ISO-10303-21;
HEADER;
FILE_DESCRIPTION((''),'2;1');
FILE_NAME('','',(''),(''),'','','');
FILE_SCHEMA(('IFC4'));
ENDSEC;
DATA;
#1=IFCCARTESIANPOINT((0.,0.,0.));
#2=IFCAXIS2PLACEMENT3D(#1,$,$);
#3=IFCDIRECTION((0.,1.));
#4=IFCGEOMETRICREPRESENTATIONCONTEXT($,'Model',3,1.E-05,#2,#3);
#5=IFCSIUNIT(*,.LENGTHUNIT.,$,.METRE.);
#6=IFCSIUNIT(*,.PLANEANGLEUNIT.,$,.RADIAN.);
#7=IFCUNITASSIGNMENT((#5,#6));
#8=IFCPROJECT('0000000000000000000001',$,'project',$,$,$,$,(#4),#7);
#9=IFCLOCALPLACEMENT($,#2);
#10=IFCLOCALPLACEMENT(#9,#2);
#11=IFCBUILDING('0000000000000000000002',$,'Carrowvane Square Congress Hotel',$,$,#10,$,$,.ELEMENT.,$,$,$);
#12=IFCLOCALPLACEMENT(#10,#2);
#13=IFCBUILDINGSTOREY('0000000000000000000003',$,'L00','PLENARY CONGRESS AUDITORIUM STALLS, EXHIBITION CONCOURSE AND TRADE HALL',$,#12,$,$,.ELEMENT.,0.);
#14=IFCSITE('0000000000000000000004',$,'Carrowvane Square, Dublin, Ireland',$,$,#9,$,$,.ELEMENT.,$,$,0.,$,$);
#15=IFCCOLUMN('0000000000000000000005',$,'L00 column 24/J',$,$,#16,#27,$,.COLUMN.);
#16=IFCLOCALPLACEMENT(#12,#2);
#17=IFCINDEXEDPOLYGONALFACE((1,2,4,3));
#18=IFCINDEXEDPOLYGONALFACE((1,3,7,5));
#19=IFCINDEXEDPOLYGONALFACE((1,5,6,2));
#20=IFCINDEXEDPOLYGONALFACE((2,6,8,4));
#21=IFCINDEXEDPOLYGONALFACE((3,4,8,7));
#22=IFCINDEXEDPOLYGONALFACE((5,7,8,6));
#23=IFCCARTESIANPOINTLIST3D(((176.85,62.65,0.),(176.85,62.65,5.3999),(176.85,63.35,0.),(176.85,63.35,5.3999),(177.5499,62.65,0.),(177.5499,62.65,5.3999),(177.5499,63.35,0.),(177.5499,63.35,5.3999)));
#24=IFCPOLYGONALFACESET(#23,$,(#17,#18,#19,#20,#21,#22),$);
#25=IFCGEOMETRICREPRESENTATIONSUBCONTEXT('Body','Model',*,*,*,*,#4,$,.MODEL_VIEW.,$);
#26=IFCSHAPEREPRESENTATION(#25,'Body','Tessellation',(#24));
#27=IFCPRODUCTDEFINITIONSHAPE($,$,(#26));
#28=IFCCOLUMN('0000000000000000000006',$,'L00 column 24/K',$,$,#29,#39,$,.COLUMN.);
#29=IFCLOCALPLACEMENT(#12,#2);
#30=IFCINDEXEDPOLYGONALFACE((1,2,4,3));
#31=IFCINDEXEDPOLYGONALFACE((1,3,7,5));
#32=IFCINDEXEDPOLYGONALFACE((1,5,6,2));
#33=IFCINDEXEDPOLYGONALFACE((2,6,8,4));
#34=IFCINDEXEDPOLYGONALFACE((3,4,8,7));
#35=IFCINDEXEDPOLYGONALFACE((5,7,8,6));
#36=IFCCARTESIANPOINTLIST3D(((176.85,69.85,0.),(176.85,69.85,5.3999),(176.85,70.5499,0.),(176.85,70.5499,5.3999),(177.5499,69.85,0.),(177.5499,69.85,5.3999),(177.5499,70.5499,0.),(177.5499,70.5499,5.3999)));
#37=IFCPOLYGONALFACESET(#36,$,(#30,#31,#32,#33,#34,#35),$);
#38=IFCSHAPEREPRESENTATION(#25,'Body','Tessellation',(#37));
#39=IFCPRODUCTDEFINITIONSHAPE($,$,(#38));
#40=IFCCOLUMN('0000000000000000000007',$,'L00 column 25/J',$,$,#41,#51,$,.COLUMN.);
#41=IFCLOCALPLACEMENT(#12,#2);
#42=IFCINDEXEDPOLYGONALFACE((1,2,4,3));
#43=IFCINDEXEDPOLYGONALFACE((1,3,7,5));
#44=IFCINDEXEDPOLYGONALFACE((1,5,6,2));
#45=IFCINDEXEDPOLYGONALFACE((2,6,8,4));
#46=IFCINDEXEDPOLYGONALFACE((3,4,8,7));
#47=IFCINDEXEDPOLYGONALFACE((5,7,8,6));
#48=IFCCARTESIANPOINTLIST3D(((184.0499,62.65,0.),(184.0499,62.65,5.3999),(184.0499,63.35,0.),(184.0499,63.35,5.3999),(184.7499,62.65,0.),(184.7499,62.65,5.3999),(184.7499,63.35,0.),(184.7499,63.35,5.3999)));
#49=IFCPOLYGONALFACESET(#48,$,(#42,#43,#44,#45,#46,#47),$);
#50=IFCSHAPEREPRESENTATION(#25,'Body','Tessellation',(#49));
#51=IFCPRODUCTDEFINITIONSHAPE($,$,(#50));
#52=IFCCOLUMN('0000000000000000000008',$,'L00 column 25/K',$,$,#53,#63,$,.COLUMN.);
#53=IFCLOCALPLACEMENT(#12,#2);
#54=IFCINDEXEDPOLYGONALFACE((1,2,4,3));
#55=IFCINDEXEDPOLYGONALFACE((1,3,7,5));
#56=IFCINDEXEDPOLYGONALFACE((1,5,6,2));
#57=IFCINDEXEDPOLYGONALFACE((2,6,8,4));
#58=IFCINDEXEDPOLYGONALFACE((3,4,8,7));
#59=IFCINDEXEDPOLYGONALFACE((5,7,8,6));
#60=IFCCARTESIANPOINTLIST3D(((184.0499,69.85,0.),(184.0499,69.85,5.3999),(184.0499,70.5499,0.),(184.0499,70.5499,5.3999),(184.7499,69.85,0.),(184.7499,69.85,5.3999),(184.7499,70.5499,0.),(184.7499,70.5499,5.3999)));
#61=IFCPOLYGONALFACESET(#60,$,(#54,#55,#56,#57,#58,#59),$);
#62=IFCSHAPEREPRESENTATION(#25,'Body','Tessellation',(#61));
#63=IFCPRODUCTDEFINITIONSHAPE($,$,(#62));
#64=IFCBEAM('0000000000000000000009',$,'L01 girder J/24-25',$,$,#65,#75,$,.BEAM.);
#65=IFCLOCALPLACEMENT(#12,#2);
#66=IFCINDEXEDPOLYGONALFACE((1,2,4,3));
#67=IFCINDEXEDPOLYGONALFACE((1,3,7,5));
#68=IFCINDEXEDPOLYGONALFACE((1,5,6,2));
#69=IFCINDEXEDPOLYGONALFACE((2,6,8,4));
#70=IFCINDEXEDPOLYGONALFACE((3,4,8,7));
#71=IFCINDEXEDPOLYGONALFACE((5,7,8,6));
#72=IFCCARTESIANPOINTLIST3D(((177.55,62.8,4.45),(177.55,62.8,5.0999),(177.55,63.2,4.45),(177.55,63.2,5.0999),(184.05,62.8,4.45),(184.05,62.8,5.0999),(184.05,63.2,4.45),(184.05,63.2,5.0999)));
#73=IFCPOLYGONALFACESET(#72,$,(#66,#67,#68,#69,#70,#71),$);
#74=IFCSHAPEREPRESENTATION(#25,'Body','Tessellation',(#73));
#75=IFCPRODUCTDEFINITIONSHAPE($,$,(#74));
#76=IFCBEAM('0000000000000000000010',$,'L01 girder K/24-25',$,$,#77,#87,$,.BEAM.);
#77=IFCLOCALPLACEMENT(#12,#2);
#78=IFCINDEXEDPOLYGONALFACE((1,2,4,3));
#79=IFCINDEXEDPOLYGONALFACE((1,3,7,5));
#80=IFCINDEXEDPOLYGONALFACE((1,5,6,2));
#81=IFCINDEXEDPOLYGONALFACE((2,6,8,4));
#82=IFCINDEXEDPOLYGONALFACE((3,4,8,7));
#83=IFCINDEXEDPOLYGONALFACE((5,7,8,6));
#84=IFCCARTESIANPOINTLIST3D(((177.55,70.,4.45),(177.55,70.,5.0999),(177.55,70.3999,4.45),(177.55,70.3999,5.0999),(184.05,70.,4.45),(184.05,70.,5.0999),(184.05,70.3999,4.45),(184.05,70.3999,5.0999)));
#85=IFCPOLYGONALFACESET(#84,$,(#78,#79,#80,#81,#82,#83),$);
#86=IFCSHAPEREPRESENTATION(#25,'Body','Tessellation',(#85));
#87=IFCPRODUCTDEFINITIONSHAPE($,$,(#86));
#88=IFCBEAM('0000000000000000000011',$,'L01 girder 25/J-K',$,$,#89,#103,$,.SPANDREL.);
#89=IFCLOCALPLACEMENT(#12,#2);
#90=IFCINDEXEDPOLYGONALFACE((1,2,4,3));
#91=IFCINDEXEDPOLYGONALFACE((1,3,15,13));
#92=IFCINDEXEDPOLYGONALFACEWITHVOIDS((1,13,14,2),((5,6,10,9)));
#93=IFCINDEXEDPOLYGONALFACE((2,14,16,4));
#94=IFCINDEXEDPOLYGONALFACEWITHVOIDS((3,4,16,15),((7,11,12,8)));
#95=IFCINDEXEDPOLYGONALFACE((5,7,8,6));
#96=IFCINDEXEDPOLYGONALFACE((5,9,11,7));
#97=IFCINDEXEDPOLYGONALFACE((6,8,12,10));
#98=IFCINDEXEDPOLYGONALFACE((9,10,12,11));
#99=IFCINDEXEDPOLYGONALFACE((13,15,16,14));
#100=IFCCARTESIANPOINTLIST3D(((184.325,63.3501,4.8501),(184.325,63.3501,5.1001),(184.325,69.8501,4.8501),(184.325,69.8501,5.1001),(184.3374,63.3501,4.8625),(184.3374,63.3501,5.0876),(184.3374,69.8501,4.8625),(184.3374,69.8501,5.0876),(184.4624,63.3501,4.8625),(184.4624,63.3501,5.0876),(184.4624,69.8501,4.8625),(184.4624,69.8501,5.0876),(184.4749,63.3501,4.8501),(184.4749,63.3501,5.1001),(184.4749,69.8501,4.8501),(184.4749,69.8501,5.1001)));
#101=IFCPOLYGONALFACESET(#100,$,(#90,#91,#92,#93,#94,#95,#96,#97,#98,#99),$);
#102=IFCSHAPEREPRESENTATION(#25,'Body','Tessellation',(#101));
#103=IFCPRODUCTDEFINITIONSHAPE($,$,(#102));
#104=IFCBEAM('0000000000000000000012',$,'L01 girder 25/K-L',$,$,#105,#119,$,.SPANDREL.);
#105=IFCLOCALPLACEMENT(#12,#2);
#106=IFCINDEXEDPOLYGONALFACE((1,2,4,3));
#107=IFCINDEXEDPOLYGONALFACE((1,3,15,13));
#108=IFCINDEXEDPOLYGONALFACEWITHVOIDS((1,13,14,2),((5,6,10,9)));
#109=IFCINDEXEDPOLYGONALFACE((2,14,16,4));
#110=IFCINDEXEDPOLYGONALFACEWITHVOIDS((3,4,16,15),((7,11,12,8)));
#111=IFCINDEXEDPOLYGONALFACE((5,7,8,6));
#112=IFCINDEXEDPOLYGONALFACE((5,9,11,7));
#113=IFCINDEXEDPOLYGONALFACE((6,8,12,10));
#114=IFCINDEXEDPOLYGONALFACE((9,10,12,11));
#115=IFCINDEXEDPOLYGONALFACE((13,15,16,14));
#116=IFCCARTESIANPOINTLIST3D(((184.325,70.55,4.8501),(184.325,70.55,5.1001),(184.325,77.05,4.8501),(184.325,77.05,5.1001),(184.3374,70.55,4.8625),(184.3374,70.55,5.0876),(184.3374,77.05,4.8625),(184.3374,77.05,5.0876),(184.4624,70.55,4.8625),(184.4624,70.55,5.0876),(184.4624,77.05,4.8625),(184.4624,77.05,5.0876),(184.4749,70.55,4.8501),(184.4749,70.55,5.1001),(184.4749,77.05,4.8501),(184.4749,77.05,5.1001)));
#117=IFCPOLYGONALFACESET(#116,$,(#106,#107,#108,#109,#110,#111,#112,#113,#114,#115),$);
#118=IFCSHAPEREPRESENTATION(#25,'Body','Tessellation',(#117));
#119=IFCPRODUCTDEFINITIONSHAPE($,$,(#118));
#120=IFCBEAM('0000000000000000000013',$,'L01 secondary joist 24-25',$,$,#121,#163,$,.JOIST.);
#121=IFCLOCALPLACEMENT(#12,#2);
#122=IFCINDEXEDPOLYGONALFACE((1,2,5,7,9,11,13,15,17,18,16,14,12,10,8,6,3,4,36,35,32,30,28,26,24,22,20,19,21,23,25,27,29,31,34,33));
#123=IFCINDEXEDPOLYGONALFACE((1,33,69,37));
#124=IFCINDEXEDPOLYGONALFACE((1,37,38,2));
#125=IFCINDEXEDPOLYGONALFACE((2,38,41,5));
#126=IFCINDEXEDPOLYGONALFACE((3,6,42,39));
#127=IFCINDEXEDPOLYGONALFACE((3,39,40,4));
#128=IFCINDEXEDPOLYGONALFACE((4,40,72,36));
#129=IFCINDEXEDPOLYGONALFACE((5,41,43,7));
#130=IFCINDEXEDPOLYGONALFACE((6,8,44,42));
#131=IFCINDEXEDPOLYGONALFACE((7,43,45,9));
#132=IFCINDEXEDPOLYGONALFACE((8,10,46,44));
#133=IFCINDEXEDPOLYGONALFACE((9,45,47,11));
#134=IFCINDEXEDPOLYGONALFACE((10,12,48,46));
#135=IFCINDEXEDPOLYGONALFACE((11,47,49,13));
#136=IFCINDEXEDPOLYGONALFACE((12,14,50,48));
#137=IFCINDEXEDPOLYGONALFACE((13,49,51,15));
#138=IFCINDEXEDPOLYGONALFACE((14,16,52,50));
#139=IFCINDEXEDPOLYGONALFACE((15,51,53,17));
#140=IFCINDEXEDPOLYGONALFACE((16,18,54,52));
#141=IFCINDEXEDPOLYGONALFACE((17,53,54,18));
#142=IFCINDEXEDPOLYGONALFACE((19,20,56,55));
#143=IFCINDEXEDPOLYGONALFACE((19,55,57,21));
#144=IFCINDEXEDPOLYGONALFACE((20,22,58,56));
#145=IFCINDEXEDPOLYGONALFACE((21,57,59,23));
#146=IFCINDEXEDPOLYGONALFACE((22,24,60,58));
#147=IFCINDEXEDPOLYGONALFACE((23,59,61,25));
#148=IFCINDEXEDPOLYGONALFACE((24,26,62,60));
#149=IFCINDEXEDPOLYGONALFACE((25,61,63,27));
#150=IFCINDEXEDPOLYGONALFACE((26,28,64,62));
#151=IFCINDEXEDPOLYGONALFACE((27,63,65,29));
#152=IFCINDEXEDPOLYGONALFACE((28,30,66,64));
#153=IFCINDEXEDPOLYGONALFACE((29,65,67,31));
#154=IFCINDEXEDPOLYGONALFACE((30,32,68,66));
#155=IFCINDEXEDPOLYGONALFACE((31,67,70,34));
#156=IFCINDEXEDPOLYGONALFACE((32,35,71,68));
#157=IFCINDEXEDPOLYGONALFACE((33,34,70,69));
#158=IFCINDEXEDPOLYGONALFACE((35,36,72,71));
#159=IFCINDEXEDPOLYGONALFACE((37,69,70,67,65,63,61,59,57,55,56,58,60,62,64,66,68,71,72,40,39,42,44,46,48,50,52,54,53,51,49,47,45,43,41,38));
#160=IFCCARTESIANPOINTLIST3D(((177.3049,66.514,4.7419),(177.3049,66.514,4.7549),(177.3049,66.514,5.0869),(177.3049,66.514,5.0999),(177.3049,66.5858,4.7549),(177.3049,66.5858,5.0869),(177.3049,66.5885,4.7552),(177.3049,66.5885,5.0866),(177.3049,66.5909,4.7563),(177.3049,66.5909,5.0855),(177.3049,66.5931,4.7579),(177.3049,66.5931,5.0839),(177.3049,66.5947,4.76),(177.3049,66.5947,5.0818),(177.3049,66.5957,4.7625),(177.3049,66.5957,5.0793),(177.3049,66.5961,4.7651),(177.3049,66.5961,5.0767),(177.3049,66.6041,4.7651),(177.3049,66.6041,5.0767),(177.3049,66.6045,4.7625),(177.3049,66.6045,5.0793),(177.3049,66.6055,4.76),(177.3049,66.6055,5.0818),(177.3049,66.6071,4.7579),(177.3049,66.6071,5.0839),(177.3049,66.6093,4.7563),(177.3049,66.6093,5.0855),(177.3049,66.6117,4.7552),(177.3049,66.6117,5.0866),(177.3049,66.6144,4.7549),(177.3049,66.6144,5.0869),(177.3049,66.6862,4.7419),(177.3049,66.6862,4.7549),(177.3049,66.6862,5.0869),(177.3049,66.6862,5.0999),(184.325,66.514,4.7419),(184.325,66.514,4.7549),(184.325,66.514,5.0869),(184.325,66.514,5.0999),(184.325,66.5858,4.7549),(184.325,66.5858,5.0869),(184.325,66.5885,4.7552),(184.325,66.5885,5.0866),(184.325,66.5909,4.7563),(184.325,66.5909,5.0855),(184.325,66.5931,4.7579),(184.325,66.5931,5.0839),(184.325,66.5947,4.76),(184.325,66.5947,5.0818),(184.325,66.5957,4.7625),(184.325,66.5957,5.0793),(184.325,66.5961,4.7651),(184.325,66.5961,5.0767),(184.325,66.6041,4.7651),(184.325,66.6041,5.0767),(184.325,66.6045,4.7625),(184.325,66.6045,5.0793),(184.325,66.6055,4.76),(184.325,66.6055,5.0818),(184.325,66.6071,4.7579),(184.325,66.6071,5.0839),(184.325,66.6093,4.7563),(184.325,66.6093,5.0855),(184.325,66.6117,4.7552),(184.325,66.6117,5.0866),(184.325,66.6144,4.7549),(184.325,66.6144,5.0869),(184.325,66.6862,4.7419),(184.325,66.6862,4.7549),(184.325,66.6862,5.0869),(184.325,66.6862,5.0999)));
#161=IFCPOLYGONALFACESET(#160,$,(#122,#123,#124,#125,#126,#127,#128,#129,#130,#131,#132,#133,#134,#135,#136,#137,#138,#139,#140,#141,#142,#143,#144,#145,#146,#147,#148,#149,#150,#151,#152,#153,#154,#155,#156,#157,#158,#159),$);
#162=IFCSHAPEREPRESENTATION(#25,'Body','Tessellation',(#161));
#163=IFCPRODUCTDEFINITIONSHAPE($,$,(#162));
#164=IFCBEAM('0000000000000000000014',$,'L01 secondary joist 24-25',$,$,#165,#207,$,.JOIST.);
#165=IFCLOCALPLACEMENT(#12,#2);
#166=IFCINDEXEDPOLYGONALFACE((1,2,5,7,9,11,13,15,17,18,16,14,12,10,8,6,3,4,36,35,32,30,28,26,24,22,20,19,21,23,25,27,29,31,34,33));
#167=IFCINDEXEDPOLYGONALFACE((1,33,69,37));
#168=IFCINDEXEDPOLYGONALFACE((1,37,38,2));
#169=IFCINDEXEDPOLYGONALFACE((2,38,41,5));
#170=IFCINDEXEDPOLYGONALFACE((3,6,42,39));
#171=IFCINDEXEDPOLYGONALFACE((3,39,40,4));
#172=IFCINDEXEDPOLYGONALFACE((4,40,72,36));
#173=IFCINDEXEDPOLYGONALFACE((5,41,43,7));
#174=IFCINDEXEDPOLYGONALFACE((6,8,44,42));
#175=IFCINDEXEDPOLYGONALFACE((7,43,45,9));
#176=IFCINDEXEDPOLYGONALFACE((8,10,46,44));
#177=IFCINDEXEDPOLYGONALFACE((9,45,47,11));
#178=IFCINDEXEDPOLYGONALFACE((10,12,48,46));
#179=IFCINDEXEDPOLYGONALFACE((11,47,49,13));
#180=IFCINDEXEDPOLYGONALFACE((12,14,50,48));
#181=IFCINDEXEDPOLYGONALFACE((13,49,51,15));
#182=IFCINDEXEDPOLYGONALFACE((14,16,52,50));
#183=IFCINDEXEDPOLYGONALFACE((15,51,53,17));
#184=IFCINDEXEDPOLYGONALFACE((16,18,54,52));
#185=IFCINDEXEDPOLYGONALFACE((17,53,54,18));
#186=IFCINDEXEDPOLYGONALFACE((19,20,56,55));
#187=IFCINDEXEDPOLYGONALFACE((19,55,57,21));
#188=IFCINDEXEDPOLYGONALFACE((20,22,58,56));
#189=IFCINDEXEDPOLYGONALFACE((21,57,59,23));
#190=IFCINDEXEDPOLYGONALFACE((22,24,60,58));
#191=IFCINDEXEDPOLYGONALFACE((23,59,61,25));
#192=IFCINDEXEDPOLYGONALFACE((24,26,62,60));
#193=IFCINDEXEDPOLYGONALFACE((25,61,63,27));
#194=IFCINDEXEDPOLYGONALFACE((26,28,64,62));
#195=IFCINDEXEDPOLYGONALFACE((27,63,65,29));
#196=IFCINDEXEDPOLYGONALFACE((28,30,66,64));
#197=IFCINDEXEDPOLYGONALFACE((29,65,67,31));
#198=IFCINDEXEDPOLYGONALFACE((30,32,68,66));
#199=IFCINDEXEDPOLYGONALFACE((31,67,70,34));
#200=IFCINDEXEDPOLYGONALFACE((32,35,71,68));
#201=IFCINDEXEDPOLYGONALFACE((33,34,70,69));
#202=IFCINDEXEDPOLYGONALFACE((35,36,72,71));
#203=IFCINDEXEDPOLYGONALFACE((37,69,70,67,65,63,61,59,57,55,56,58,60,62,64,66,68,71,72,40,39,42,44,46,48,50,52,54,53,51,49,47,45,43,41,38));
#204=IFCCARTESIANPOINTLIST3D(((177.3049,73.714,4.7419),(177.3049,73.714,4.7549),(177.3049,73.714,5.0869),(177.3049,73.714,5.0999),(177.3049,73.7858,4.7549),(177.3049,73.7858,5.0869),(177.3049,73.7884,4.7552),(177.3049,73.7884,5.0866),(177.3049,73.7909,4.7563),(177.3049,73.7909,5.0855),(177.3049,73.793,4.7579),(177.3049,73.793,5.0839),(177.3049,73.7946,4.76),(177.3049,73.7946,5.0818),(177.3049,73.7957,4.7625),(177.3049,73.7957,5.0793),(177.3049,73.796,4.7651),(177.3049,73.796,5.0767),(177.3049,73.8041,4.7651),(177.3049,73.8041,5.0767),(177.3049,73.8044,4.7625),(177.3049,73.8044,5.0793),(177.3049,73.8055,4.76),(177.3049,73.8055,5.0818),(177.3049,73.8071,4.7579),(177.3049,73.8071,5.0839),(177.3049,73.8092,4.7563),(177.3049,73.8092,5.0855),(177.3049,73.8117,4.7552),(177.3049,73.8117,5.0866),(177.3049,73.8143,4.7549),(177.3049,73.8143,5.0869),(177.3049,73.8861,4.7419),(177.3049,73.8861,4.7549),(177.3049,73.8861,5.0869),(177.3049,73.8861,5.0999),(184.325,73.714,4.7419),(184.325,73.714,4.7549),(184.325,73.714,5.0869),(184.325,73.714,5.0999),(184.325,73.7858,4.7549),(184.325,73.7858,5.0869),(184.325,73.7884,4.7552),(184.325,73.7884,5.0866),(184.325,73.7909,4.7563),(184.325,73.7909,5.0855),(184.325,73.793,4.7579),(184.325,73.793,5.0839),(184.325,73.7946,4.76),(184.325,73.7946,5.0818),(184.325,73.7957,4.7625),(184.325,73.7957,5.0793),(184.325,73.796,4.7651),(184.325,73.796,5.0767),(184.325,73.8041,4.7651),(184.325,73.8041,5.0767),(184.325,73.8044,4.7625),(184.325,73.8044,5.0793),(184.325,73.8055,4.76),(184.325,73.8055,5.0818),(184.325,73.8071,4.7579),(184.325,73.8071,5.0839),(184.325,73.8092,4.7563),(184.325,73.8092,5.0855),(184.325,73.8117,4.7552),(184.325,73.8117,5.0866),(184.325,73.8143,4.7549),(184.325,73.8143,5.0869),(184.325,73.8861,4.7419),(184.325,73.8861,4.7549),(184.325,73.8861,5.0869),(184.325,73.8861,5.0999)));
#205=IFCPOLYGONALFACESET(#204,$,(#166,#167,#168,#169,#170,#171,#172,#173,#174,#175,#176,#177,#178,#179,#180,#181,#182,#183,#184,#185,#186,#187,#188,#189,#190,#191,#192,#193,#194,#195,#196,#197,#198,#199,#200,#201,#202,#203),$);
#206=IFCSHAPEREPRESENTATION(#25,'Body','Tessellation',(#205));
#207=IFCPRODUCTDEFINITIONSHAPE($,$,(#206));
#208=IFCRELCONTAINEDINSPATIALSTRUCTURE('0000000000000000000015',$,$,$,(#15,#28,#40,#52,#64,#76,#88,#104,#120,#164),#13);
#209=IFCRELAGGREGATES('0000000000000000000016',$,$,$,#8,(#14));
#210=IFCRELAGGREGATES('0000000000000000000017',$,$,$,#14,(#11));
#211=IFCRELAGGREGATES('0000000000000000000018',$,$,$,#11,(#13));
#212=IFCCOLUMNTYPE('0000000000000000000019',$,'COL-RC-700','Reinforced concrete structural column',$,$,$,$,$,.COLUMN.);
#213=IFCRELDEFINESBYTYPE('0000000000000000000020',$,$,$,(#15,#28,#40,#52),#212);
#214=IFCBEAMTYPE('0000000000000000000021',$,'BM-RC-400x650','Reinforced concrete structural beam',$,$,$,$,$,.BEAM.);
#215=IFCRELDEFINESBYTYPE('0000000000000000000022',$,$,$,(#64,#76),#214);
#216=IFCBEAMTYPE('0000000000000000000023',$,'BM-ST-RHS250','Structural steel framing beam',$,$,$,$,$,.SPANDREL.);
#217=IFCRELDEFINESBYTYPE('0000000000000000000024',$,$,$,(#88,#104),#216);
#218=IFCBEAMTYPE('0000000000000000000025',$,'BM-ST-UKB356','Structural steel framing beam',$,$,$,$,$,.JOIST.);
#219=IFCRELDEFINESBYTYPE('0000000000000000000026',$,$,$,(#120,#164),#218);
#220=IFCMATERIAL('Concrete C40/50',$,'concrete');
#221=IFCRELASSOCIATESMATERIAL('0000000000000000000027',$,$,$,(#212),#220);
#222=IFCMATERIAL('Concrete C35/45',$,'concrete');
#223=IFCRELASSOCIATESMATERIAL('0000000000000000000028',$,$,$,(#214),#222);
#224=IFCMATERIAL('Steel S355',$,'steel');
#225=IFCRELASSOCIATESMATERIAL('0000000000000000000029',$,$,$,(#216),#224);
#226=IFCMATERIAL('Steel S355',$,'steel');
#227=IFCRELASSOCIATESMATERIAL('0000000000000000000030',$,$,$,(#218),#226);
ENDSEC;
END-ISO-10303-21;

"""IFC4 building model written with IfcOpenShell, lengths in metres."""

from ifc_helpers import new_model, si_unit, direction, frame, origin, origin_2d, place, context, subcontext, project, spatial, rectangle, hollow_rectangle, i_section, extrude, material, material_profile, profile_set, type_object, element, save


model = new_model("IFC4")

# Units and contexts
model_context = context("Model", 3, precision=1e-05, world=origin(), true_north=direction((0.0, 1.0)))
body_context = subcontext(model_context, "Body", "Model", "MODEL_VIEW")
ifc_project = project(units=[si_unit("LENGTHUNIT", "METRE"), si_unit("PLANEANGLEUNIT", "RADIAN")], contexts=[model_context])

# Site, building, storey
site_placement = place(None, origin())
site = spatial("IfcSite", under=ifc_project, at=site_placement, Name="Carrowvane Square, Dublin, Ireland", CompositionType="ELEMENT", RefElevation=0.0)
building_placement = place(site_placement, origin())
building = spatial("IfcBuilding", under=site, at=building_placement, Name="Carrowvane Square Congress Hotel", CompositionType="ELEMENT")
storey_placement = place(building_placement, origin())
storey = spatial("IfcBuildingStorey", under=building, at=storey_placement, Name="L00", Description="PLENARY CONGRESS AUDITORIUM STALLS, EXHIBITION CONCOURSE AND TRADE HALL", CompositionType="ELEMENT", Elevation=0.0)

# Columns
ifc_material_1 = material(Name="Concrete C40/50", Category="concrete")
ifc_material_profile_1 = material_profile(ifc_material_1, rectangle(XDim=0.7, YDim=0.7, at=origin_2d()), Name="RC 700x700")
ifc_profile_set_1 = profile_set([ifc_material_profile_1], Name="Concrete C40/50")
column_type = type_object("IfcColumnType", Name="COL-RC-700", Description="Reinforced concrete structural column", PredefinedType="COLUMN", material=ifc_profile_set_1)
for number, where, z_axis, x_axis, name in (
    (1, (177.2, 63.0, 0.0), (0.0, 0.0, 1.0), (1.0, 0.0, 0.0), "L00 column 24/J"),
    (2, (177.2, 70.2, 0.0), (0.0, 0.0, 1.0), (1.0, 0.0, 0.0), "L00 column 24/K"),
    (3, (184.3999, 63.0, 0.0), (0.0, 0.0, 1.0), (1.0, 0.0, 0.0), "L00 column 25/J"),
    (4, (184.3999, 70.2, 0.0), (0.0, 0.0, 1.0), (1.0, 0.0, 0.0), "L00 column 25/K"),
):
    element("IfcColumn", number, at=place(storey_placement, frame(where, z_axis=z_axis, x_axis=x_axis)), inside=storey, type_object=column_type, Name=name, PredefinedType="COLUMN", context=body_context, shape_type="SweptSolid", body=[
        extrude(rectangle(XDim=0.7, YDim=0.7, at=origin_2d()), origin(), (0.0, 0.0, 1.0), 5.3999),
    ])

# Beams
ifc_material_2 = material(Name="Concrete C35/45", Category="concrete")
ifc_material_profile_2 = material_profile(ifc_material_2, rectangle(XDim=0.3999, YDim=0.6499, at=origin_2d()), Name="RC 400x650")
ifc_profile_set_2 = profile_set([ifc_material_profile_2], Name="Concrete C35/45")
beam_type_1 = type_object("IfcBeamType", Name="BM-RC-400x650", Description="Reinforced concrete structural beam", PredefinedType="BEAM", material=ifc_profile_set_2)
for number, where, z_axis, x_axis, name in (
    (5, (177.55, 63.0, 4.7749), (1.0, 0.0, 0.0), (0.0, 1.0, 0.0), "L01 girder J/24-25"),
    (6, (177.55, 70.2, 4.7749), (1.0, 0.0, 0.0), (0.0, 1.0, 0.0), "L01 girder K/24-25"),
):
    element("IfcBeam", number, at=place(storey_placement, frame(where, z_axis=z_axis, x_axis=x_axis)), inside=storey, type_object=beam_type_1, Name=name, PredefinedType="BEAM", context=body_context, shape_type="SweptSolid", body=[
        extrude(rectangle(XDim=0.3999, YDim=0.6499, at=origin_2d()), origin(), (0.0, 0.0, 1.0), 6.5),
    ])
ifc_material_3 = material(Name="Steel S355", Category="steel")
ifc_material_profile_3 = material_profile(ifc_material_3, hollow_rectangle(XDim=0.1499, YDim=0.25, WallThickness=0.0125, at=origin_2d()), Name="RHS 250x150x12.5")
ifc_profile_set_3 = profile_set([ifc_material_profile_3], Name="Steel S355")
beam_type_2 = type_object("IfcBeamType", Name="BM-ST-RHS250", Description="Structural steel framing beam", PredefinedType="SPANDREL", material=ifc_profile_set_3)
for number, where, z_axis, x_axis, name in (
    (7, (184.3999, 63.3501, 4.9751), (0.0, 1.0, 0.0), (-1.0, 0.0, 0.0), "L01 girder 25/J-K"),
    (8, (184.3999, 70.55, 4.9751), (0.0, 1.0, 0.0), (-1.0, 0.0, 0.0), "L01 girder 25/K-L"),
):
    element("IfcBeam", number, at=place(storey_placement, frame(where, z_axis=z_axis, x_axis=x_axis)), inside=storey, type_object=beam_type_2, Name=name, PredefinedType="SPANDREL", context=body_context, shape_type="SweptSolid", body=[
        extrude(hollow_rectangle(XDim=0.1499, YDim=0.25, WallThickness=0.0125, at=origin_2d()), origin(), (0.0, 0.0, 1.0), 6.5),
    ])
ifc_material_4 = material(Name="Steel S355", Category="steel")
ifc_material_profile_4 = material_profile(ifc_material_4, i_section(OverallWidth=0.1721, OverallDepth=0.3579, WebThickness=0.0081, FlangeThickness=0.0129, FilletRadius=0.0103, at=origin_2d()), Name="UKB 356x171x57")
ifc_profile_set_4 = profile_set([ifc_material_profile_4], Name="Steel S355")
beam_type_3 = type_object("IfcBeamType", Name="BM-ST-UKB356", Description="Structural steel framing beam", PredefinedType="JOIST", material=ifc_profile_set_4)
for number, where, z_axis, x_axis, name in (
    (9, (177.3049, 66.6001, 4.9209), (1.0, 0.0, 0.0), (0.0, 1.0, 0.0), "L01 secondary joist 24-25"),
    (10, (177.3049, 73.8, 4.9209), (1.0, 0.0, 0.0), (0.0, 1.0, 0.0), "L01 secondary joist 24-25"),
):
    element("IfcBeam", number, at=place(storey_placement, frame(where, z_axis=z_axis, x_axis=x_axis)), inside=storey, type_object=beam_type_3, Name=name, PredefinedType="JOIST", context=body_context, shape_type="SweptSolid", body=[
        extrude(i_section(OverallWidth=0.1721, OverallDepth=0.3579, WebThickness=0.0081, FlangeThickness=0.0129, FilletRadius=0.0103, at=origin_2d()), origin(), (0.0, 0.0, 1.0), 7.02),
    ])

save(model, "model.ifc")
